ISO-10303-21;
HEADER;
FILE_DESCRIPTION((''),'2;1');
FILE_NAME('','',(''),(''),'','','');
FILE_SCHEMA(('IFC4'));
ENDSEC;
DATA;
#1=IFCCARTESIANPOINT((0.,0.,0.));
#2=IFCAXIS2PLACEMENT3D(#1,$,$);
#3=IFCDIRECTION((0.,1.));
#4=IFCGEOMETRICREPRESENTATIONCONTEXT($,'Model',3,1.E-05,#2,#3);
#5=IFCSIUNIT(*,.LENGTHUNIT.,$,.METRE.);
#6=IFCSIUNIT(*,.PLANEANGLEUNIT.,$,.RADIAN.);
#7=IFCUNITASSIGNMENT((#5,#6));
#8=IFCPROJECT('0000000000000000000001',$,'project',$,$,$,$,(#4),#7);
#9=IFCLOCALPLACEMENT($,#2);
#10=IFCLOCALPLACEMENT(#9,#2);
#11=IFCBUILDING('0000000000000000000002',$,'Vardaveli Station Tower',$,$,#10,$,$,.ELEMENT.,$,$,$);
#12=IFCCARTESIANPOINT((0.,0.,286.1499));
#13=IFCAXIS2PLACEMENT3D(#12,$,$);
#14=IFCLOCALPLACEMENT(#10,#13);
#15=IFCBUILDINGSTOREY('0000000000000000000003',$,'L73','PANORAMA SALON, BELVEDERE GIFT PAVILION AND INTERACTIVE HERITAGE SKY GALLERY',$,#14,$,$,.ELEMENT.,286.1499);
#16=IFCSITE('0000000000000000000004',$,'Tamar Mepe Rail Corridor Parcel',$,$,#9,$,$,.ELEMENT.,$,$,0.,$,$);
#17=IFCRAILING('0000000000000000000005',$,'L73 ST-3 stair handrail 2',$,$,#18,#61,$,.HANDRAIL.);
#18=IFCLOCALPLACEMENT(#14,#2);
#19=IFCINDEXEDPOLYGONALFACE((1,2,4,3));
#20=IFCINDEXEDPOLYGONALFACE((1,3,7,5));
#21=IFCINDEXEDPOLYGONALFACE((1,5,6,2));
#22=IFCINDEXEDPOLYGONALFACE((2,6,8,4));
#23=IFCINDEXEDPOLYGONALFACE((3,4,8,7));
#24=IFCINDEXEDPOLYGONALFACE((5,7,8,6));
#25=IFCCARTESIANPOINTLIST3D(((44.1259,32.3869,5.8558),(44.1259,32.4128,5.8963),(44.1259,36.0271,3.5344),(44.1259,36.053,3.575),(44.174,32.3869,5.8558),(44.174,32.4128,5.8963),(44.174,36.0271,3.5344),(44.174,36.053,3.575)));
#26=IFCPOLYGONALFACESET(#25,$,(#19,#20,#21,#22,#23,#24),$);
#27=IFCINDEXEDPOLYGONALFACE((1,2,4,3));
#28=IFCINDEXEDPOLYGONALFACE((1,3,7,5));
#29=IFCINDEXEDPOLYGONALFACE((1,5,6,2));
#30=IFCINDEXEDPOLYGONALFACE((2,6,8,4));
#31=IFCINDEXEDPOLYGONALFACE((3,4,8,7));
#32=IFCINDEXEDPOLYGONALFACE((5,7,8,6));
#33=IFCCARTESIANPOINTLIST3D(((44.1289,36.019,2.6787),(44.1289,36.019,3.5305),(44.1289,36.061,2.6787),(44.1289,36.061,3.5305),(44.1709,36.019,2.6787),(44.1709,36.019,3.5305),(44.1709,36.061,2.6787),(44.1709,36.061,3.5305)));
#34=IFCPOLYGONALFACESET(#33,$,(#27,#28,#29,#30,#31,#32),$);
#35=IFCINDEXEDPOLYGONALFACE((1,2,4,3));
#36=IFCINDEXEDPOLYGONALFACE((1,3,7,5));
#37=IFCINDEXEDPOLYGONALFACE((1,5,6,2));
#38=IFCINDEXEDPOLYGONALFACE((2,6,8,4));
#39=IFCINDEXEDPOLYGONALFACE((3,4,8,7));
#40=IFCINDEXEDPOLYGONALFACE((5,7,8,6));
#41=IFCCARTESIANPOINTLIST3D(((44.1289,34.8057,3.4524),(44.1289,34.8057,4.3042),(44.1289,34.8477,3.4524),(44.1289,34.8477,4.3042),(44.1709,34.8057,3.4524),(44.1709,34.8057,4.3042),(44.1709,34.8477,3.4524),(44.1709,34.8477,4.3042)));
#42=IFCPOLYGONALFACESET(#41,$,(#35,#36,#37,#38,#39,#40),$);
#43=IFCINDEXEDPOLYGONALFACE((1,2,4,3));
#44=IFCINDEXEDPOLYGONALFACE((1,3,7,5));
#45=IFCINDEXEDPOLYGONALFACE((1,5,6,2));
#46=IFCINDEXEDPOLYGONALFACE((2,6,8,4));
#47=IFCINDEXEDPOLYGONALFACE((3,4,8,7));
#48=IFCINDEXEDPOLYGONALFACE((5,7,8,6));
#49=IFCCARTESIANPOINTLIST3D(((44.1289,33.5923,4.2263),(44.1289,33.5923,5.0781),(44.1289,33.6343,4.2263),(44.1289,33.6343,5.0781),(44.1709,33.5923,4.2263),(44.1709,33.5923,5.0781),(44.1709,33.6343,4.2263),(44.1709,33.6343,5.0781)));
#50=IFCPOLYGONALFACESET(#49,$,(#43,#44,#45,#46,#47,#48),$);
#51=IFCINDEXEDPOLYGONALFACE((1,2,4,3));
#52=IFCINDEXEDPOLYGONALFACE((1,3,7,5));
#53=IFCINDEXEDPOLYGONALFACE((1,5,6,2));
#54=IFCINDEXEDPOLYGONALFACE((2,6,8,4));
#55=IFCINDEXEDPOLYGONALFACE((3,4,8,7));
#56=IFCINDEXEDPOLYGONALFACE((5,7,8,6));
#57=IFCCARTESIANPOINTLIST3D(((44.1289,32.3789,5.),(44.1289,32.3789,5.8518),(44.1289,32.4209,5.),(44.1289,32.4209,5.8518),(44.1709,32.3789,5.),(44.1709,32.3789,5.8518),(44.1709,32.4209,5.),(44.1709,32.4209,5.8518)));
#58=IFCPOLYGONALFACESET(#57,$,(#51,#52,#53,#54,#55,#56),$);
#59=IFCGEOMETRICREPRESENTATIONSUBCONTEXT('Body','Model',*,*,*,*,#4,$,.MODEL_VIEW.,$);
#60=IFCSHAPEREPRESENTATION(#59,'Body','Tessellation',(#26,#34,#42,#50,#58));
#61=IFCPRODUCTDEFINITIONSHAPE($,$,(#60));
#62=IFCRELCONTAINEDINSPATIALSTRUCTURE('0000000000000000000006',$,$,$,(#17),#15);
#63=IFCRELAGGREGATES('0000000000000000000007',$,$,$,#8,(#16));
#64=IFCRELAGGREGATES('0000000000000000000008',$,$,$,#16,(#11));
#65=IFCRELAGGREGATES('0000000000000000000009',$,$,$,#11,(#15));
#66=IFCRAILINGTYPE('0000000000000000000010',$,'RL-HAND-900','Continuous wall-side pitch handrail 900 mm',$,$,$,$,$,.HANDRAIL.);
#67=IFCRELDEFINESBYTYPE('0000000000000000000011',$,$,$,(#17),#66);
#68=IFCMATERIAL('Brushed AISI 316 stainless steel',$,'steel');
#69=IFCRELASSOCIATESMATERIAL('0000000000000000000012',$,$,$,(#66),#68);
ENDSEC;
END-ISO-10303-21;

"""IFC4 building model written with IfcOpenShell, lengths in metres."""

from ifc_helpers import new_model, si_unit, direction, frame, origin, origin_2d, place, context, subcontext, project, spatial, rectangle, extrude, source, transform, mapped, material, type_object, element, save


model = new_model("IFC4")

# Units and contexts
model_context = context("Model", 3, precision=1e-05, world=origin(), true_north=direction((0.0, 1.0)))
body_context = subcontext(model_context, "Body", "Model", "MODEL_VIEW")
ifc_project = project(units=[si_unit("LENGTHUNIT", "METRE"), si_unit("PLANEANGLEUNIT", "RADIAN")], contexts=[model_context])

# Site, building, storey
site_placement = place(None, origin())
site = spatial("IfcSite", under=ifc_project, at=site_placement, Name="Tamar Mepe Rail Corridor Parcel", CompositionType="ELEMENT", RefElevation=0.0)
building_placement = place(site_placement, origin())
building = spatial("IfcBuilding", under=site, at=building_placement, Name="Vardaveli Station Tower", CompositionType="ELEMENT")
storey_placement = place(building_placement, frame((0.0, 0.0, 286.1499)))
storey = spatial("IfcBuildingStorey", under=building, at=storey_placement, Name="L73", Description="PANORAMA SALON, BELVEDERE GIFT PAVILION AND INTERACTIVE HERITAGE SKY GALLERY", CompositionType="ELEMENT", Elevation=286.1499)

# Railing
ifc_material_1 = material(Name="Brushed AISI 316 stainless steel", Category="steel")
railing_type_1 = type_object("IfcRailingType", Name="RL-HAND-900", Description="Continuous wall-side pitch handrail 900 mm", PredefinedType="HANDRAIL", material=ifc_material_1)
shared_shape_1 = source(origin(), body_context, "Body", "SweptSolid", [
    extrude(rectangle(XDim=0.0481, YDim=0.0481, at=origin_2d()), frame((0.0, 0.0, 0.876), z_axis=(0.0, -0.843153, 0.537673), x_axis=(1.0, 0.0, 0.0)), (0.0, 0.0, 1.0), 4.3174),
    extrude(rectangle(XDim=0.042, YDim=0.042, at=origin_2d()), origin(), (0.0, 0.0, 1.0), 0.8518),
    extrude(rectangle(XDim=0.042, YDim=0.042, at=origin_2d()), frame((0.0, -1.2134, 0.7737)), (0.0, 0.0, 1.0), 0.8518),
    extrude(rectangle(XDim=0.042, YDim=0.042, at=origin_2d()), frame((0.0, -2.4268, 1.5476)), (0.0, 0.0, 1.0), 0.8518),
    extrude(rectangle(XDim=0.042, YDim=0.042, at=origin_2d()), frame((0.0, -3.6401, 2.3213)), (0.0, 0.0, 1.0), 0.8518),
])
railing_1_placement = place(storey_placement, frame((44.1499, 36.04, 2.6787)))
element("IfcRailing", 1, at=railing_1_placement, inside=storey, type_object=railing_type_1, Name="L73 ST-3 stair handrail 2", PredefinedType="HANDRAIL", context=body_context, shape_type="MappedRepresentation", body=[
    mapped(shared_shape_1, transform((0.0, 0.0, 0.0), scale=1.0)),
])

save(model, "model.ifc")
